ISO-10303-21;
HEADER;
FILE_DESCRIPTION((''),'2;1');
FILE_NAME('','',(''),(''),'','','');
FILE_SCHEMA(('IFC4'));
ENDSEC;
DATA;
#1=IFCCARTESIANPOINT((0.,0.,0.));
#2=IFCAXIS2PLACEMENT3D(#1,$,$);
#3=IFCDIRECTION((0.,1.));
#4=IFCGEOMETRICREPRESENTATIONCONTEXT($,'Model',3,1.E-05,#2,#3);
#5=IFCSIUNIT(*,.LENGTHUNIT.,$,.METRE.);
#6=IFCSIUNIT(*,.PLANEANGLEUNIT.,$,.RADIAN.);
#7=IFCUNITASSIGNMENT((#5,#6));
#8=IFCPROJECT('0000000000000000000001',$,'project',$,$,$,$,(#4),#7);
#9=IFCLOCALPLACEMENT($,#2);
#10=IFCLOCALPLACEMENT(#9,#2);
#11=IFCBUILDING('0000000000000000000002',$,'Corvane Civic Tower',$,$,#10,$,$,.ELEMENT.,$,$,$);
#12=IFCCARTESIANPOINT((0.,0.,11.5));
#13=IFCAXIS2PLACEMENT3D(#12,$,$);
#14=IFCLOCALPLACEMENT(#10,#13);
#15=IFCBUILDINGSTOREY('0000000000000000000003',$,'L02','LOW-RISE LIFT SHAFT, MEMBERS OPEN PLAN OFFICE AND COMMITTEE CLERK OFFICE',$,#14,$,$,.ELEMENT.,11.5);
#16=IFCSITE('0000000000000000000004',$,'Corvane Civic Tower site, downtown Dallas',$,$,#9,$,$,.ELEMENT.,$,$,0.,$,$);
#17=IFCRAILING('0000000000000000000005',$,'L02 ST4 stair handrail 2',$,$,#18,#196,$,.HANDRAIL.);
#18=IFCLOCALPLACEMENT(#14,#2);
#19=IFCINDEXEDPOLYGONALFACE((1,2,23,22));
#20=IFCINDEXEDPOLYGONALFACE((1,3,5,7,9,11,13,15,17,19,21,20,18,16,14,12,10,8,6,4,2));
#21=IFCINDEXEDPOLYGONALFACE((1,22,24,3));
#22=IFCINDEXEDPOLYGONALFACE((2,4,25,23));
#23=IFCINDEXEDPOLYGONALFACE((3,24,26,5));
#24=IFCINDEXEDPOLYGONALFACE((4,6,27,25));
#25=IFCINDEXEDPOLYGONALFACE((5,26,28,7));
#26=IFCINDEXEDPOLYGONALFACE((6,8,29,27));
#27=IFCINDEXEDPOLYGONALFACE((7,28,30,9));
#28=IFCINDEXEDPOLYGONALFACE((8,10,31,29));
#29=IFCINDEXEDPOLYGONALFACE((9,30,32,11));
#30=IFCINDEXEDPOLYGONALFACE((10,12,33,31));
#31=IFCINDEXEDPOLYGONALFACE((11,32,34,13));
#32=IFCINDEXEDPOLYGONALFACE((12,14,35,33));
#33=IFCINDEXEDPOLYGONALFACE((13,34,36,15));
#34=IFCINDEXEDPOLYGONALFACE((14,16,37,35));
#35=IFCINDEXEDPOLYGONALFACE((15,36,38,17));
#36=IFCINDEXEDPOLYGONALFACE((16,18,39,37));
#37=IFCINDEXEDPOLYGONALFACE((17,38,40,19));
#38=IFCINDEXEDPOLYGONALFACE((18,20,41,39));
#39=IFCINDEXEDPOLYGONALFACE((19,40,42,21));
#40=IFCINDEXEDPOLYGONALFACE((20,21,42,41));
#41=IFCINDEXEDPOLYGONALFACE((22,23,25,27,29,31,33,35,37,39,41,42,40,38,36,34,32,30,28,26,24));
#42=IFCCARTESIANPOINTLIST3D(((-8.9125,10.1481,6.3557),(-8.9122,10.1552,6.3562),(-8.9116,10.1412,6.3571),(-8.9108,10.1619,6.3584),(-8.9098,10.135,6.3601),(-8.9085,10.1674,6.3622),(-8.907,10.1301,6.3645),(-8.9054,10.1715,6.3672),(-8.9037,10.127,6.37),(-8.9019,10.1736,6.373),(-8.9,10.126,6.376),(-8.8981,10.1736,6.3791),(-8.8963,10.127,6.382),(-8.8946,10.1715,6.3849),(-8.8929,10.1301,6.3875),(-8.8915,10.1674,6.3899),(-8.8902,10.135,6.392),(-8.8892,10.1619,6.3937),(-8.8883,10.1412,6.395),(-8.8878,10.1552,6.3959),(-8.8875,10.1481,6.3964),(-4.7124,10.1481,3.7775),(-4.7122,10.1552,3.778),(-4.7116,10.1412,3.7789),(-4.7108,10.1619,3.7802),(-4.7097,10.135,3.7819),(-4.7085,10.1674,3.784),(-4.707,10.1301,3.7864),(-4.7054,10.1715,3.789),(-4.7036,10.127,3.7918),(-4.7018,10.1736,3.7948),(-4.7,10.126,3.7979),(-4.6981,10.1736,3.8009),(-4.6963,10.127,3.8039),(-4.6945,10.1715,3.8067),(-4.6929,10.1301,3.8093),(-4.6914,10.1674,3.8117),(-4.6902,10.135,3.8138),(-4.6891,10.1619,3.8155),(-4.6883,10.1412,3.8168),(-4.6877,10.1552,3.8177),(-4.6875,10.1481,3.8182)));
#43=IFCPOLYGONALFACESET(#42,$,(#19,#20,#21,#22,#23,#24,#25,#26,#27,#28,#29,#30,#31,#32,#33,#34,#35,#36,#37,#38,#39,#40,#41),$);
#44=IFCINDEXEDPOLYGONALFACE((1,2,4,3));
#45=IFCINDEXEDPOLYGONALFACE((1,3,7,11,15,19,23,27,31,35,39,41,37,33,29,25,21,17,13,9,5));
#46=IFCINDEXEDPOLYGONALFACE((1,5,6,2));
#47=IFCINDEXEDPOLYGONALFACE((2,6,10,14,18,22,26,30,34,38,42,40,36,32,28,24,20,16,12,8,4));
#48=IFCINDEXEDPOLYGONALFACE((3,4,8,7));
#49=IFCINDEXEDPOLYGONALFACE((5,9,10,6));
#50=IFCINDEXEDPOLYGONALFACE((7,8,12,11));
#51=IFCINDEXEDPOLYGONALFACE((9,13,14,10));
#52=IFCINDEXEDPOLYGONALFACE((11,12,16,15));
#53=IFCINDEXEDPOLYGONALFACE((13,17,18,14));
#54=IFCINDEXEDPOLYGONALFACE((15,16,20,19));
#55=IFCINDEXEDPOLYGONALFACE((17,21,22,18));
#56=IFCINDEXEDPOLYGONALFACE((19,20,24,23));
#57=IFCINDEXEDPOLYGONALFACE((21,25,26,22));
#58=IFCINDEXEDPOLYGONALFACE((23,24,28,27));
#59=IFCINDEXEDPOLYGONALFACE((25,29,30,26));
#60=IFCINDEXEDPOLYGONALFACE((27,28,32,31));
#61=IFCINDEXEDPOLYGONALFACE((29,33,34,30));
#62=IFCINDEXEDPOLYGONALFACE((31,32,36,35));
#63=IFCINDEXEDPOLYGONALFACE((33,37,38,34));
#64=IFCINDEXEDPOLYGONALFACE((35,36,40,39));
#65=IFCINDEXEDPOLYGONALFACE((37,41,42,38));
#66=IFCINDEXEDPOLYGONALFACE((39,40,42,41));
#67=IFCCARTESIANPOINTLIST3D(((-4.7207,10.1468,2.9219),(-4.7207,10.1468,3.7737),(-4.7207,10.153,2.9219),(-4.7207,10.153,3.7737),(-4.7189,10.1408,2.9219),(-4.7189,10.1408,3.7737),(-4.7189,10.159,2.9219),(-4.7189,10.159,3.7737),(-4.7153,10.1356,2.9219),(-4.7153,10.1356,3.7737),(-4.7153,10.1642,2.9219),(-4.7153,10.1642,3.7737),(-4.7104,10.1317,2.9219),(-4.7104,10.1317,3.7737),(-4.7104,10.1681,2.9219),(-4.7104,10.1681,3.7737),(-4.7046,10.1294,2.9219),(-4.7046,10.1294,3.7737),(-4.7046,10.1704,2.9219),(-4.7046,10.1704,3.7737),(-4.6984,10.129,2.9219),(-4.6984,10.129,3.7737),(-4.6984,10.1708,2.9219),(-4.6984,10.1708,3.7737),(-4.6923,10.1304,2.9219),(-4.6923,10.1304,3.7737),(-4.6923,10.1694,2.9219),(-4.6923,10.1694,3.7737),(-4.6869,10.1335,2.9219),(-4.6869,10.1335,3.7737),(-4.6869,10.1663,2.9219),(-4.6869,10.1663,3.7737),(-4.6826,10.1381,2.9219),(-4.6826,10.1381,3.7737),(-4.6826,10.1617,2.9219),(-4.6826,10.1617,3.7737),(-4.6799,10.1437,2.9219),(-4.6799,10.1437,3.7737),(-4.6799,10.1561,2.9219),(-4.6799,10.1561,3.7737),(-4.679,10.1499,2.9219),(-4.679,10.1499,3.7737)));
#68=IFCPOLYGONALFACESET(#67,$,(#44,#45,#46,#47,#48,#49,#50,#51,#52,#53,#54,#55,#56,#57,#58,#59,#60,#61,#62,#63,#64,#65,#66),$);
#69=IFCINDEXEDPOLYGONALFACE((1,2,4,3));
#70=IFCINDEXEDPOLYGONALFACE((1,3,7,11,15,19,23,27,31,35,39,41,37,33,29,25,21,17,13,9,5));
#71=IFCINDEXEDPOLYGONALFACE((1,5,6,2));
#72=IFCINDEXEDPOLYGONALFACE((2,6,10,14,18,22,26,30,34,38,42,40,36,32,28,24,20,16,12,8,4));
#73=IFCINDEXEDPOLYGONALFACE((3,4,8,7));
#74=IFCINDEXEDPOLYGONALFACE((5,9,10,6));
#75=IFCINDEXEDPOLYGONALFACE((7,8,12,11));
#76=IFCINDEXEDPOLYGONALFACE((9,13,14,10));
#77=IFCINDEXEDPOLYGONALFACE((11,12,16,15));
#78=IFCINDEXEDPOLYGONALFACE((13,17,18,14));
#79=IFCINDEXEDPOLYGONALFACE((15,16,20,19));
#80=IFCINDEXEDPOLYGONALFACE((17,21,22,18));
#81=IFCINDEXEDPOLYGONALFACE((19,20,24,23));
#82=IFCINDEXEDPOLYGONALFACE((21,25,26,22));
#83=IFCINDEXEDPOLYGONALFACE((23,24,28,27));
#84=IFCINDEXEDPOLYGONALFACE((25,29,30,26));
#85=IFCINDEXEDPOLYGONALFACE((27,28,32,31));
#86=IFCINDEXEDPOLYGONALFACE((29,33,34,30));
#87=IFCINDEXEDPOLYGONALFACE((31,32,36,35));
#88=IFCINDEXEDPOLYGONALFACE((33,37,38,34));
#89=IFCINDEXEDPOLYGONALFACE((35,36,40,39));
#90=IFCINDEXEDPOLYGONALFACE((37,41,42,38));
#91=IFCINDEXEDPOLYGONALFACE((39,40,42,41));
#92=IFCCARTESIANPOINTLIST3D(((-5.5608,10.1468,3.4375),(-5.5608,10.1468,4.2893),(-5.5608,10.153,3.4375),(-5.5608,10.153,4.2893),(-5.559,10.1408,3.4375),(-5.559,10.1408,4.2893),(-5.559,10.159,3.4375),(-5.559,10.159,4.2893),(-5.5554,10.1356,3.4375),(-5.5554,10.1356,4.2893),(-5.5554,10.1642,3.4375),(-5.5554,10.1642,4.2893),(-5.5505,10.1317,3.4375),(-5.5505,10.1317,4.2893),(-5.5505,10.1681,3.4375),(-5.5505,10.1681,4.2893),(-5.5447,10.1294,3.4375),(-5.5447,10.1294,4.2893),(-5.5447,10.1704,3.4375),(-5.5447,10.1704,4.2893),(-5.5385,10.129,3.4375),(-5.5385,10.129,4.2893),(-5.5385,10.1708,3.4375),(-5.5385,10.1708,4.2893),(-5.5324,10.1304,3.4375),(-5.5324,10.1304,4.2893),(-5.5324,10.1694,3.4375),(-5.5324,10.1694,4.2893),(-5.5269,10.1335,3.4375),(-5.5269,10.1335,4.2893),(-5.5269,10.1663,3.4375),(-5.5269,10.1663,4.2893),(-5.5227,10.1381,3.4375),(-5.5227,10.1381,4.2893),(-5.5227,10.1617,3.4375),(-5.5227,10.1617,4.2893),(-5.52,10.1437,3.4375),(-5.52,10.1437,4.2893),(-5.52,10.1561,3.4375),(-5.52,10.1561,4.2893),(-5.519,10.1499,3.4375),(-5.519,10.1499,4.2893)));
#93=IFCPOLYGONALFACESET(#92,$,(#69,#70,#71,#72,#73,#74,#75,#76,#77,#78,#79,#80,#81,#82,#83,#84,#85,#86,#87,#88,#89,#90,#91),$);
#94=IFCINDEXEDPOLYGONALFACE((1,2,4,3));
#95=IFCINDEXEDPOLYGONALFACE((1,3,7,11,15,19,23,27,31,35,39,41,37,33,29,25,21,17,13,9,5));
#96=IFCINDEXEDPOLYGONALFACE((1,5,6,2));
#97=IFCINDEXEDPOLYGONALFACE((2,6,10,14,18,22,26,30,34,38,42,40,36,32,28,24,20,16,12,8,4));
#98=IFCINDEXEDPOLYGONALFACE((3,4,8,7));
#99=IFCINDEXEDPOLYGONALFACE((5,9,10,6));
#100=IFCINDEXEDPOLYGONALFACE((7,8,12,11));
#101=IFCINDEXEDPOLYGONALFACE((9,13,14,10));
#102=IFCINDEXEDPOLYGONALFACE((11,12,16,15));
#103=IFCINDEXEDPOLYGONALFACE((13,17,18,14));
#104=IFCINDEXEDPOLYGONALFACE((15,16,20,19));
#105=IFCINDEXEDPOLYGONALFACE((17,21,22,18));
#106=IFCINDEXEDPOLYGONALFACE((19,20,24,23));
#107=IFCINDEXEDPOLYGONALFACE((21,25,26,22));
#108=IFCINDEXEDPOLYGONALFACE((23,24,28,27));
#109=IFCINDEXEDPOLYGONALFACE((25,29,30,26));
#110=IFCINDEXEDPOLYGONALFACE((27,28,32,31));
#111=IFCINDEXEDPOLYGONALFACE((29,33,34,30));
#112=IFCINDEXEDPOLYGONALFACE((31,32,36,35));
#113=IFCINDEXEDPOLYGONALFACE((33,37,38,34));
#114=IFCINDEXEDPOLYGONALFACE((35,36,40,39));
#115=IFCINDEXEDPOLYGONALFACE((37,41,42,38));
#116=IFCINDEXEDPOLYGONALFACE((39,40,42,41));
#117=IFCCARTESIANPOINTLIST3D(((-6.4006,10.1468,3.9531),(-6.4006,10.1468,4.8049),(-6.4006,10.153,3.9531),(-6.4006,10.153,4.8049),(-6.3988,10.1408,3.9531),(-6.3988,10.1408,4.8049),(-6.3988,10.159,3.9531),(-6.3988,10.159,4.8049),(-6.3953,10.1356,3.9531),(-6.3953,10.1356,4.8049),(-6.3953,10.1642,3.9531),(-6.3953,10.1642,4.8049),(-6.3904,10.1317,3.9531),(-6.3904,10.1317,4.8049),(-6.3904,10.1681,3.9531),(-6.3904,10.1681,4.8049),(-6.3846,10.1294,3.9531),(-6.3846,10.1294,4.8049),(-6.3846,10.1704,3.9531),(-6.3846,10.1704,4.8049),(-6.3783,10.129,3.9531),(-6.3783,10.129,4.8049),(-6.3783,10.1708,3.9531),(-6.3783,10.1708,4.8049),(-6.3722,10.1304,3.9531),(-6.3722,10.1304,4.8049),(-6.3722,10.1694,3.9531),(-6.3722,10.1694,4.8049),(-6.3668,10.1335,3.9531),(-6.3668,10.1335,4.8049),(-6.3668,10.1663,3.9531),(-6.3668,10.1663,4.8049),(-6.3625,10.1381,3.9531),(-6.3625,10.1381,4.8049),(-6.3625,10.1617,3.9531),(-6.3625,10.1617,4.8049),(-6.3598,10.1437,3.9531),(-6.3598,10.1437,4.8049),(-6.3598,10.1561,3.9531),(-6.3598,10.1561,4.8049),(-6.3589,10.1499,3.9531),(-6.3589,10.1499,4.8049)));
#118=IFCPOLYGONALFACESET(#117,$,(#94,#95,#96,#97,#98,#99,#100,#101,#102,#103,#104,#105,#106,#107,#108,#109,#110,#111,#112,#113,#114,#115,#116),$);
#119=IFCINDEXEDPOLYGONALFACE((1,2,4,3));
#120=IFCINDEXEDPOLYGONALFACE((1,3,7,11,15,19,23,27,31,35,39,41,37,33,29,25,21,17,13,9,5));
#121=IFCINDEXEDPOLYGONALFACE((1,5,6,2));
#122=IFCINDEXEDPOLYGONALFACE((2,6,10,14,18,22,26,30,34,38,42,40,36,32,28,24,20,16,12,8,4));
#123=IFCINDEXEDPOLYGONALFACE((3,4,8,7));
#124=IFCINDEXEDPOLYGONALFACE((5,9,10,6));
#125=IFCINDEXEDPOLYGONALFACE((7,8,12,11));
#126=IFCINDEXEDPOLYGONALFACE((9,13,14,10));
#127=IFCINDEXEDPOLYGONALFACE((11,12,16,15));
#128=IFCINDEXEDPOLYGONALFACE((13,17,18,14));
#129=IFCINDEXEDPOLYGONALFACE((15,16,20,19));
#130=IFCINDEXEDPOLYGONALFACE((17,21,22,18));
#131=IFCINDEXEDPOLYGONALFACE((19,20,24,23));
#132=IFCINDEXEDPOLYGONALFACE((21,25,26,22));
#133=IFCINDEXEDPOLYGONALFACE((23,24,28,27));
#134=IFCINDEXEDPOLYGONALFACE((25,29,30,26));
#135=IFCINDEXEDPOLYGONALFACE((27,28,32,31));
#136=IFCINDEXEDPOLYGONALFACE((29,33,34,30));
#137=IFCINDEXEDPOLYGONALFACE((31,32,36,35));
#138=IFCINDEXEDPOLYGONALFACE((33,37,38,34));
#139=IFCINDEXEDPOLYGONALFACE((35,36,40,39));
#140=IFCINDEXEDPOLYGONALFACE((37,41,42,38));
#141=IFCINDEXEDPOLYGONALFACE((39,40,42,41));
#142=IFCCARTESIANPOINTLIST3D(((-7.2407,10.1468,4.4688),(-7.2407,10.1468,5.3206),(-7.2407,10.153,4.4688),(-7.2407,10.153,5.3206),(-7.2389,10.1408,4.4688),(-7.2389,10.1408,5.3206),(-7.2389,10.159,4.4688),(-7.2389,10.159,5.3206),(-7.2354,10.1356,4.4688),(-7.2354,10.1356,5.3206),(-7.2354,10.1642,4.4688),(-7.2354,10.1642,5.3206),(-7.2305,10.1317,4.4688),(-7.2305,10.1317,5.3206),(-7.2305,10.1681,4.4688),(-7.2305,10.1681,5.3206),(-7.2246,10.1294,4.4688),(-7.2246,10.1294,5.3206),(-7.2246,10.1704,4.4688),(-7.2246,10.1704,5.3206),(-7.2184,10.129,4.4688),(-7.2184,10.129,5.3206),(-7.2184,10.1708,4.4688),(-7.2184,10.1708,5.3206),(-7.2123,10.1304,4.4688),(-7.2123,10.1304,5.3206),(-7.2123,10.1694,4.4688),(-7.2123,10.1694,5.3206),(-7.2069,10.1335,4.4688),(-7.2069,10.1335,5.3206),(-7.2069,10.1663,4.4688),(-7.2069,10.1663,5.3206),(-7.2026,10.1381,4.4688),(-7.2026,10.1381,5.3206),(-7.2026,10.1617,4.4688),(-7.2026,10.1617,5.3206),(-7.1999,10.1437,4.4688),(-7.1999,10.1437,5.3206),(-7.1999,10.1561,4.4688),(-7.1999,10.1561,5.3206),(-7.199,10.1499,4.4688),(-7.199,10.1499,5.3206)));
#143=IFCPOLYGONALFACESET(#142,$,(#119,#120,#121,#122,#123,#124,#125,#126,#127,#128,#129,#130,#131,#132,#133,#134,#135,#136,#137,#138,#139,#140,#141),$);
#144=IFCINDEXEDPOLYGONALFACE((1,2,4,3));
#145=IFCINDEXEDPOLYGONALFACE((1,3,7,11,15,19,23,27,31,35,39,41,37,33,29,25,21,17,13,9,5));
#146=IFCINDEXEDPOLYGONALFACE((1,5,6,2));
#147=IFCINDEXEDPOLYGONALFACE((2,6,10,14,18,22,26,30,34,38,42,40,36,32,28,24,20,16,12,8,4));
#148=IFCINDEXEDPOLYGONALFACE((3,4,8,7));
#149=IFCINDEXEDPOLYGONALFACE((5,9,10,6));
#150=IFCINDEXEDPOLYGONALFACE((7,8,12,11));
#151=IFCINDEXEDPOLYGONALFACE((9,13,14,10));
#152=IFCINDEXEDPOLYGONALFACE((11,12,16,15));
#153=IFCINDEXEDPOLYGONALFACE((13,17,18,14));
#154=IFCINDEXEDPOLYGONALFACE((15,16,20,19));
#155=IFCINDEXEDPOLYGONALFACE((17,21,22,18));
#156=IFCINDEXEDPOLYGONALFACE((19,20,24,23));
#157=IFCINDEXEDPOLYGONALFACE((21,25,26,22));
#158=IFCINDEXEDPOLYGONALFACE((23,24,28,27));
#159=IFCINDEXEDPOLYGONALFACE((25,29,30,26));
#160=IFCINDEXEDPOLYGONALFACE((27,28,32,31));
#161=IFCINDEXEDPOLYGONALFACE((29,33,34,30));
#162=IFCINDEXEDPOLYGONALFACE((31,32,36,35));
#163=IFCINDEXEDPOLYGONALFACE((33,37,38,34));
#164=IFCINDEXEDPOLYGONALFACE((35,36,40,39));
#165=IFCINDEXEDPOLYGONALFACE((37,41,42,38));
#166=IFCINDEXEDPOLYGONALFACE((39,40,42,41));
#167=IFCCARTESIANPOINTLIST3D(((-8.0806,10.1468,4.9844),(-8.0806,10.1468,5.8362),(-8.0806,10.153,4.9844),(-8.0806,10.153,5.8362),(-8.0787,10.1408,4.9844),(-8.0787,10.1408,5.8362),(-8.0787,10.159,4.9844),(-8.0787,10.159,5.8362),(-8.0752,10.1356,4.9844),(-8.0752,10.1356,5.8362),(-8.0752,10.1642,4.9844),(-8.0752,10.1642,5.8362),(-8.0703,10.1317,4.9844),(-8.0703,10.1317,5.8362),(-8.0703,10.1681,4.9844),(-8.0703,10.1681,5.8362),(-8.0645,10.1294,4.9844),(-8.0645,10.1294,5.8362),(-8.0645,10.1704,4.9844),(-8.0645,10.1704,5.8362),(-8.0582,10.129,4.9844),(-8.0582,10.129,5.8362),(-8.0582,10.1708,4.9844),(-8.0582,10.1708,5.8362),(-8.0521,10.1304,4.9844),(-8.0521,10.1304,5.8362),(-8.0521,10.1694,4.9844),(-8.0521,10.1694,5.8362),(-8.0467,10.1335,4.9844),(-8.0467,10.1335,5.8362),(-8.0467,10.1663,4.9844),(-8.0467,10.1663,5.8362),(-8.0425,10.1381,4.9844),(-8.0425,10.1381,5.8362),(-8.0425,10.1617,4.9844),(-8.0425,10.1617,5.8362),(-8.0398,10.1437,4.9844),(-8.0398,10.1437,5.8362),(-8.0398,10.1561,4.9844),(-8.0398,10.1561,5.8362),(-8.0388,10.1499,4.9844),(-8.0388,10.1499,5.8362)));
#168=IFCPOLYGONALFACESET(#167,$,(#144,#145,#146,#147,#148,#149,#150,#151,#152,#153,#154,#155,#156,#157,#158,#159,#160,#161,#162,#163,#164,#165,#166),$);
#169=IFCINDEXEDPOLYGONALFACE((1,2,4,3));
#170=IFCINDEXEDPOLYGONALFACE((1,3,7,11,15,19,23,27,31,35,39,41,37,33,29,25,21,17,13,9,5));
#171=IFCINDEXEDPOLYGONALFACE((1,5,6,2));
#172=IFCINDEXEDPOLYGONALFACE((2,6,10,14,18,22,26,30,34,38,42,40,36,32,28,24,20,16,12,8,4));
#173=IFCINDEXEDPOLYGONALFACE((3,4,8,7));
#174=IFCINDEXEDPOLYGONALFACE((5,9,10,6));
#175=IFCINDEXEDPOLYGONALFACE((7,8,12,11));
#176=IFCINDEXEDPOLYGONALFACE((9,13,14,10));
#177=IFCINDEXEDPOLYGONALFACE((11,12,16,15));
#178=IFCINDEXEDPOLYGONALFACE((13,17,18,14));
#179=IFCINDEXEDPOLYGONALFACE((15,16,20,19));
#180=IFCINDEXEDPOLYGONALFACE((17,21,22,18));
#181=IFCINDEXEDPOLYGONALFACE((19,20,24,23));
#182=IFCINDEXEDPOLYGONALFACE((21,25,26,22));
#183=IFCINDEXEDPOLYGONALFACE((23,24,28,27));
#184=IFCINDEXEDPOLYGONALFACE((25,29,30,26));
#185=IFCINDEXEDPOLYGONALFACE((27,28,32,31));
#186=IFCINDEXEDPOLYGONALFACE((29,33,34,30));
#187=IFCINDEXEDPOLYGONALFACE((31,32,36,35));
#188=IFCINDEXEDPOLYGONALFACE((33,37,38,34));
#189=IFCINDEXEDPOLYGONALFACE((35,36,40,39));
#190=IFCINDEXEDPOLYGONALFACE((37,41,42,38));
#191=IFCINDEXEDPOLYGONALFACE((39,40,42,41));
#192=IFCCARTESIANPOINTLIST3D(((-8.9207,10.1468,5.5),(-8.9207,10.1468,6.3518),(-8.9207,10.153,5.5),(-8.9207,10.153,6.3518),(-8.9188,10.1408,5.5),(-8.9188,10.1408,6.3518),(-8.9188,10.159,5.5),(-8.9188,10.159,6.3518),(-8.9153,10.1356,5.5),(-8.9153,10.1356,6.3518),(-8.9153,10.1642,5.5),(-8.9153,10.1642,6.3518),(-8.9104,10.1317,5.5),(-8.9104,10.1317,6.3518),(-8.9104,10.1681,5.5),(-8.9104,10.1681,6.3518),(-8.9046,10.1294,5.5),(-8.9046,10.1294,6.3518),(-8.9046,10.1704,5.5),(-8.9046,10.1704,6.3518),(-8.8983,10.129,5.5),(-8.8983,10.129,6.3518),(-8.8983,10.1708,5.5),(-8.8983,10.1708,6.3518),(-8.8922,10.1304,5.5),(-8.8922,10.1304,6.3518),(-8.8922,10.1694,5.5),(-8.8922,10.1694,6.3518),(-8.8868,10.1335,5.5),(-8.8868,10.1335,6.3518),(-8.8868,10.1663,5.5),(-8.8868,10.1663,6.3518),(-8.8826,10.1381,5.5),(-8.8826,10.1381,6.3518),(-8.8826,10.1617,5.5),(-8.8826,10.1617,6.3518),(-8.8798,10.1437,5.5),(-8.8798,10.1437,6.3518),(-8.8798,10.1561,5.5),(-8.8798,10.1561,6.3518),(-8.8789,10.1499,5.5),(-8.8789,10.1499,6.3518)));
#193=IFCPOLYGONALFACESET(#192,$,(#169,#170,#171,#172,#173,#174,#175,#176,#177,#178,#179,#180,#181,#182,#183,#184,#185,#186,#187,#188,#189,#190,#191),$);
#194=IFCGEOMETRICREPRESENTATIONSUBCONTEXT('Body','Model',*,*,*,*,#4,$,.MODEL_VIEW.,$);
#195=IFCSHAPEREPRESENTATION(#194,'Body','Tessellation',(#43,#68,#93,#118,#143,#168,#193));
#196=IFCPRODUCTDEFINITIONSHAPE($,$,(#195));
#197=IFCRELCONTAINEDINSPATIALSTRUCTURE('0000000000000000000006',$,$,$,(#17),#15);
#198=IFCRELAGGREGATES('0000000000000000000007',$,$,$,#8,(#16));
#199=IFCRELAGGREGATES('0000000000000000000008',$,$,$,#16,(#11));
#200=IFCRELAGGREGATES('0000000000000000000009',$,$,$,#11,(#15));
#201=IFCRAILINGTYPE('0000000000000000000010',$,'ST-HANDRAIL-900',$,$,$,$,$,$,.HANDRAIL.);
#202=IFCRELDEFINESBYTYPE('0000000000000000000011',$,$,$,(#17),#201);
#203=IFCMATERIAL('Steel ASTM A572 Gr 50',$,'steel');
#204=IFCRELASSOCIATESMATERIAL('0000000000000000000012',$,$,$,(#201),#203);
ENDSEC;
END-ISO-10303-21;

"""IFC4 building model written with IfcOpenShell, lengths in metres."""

from ifc_helpers import new_model, si_unit, direction, frame, origin, origin_2d, place, context, subcontext, project, spatial, circle, extrude, material, type_object, element, save


model = new_model("IFC4")

# Units and contexts
model_context = context("Model", 3, precision=1e-05, world=origin(), true_north=direction((0.0, 1.0)))
body_context = subcontext(model_context, "Body", "Model", "MODEL_VIEW")
ifc_project = project(units=[si_unit("LENGTHUNIT", "METRE"), si_unit("PLANEANGLEUNIT", "RADIAN")], contexts=[model_context])

# Site, building, storey
site_placement = place(None, origin())
site = spatial("IfcSite", under=ifc_project, at=site_placement, Name="Corvane Civic Tower site, downtown Dallas", CompositionType="ELEMENT", RefElevation=0.0)
building_placement = place(site_placement, origin())
building = spatial("IfcBuilding", under=site, at=building_placement, Name="Corvane Civic Tower", CompositionType="ELEMENT")
storey_placement = place(building_placement, frame((0.0, 0.0, 11.5)))
storey = spatial("IfcBuildingStorey", under=building, at=storey_placement, Name="L02", Description="LOW-RISE LIFT SHAFT, MEMBERS OPEN PLAN OFFICE AND COMMITTEE CLERK OFFICE", CompositionType="ELEMENT", Elevation=11.5)

# Railing
ifc_material_1 = material(Name="Steel ASTM A572 Gr 50", Category="steel")
railing_type_1 = type_object("IfcRailingType", Name="ST-HANDRAIL-900", PredefinedType="HANDRAIL", material=ifc_material_1)
railing_1_placement = place(storey_placement, frame((-4.7, 10.1499, 2.9219)))
element("IfcRailing", 1, at=railing_1_placement, inside=storey, type_object=railing_type_1, Name="L02 ST4 stair handrail 2", PredefinedType="HANDRAIL", context=body_context, shape_type="SweptSolid", body=[
    extrude(circle(Radius=0.0239, at=origin_2d()), frame((0.0, 0.0, 0.876), z_axis=(-0.852243, 0.0, 0.523146), x_axis=(0.0, -1.0, 0.0)), (0.0, 0.0, 1.0), 4.9282),
    extrude(circle(Radius=0.021, at=origin_2d()), origin(), (0.0, 0.0, 1.0), 0.8518),
    extrude(circle(Radius=0.021, at=origin_2d()), frame((-0.8401, 0.0, 0.5156)), (0.0, 0.0, 1.0), 0.8518),
    extrude(circle(Radius=0.021, at=origin_2d()), frame((-1.6799, 0.0, 1.0312)), (0.0, 0.0, 1.0), 0.8518),
    extrude(circle(Radius=0.021, at=origin_2d()), frame((-2.52, 0.0, 1.5469)), (0.0, 0.0, 1.0), 0.8518),
    extrude(circle(Radius=0.021, at=origin_2d()), frame((-3.3599, 0.0, 2.0625)), (0.0, 0.0, 1.0), 0.8518),
    extrude(circle(Radius=0.021, at=origin_2d()), frame((-4.2, 0.0, 2.5781)), (0.0, 0.0, 1.0), 0.8518),
])

save(model, "model.ifc")
